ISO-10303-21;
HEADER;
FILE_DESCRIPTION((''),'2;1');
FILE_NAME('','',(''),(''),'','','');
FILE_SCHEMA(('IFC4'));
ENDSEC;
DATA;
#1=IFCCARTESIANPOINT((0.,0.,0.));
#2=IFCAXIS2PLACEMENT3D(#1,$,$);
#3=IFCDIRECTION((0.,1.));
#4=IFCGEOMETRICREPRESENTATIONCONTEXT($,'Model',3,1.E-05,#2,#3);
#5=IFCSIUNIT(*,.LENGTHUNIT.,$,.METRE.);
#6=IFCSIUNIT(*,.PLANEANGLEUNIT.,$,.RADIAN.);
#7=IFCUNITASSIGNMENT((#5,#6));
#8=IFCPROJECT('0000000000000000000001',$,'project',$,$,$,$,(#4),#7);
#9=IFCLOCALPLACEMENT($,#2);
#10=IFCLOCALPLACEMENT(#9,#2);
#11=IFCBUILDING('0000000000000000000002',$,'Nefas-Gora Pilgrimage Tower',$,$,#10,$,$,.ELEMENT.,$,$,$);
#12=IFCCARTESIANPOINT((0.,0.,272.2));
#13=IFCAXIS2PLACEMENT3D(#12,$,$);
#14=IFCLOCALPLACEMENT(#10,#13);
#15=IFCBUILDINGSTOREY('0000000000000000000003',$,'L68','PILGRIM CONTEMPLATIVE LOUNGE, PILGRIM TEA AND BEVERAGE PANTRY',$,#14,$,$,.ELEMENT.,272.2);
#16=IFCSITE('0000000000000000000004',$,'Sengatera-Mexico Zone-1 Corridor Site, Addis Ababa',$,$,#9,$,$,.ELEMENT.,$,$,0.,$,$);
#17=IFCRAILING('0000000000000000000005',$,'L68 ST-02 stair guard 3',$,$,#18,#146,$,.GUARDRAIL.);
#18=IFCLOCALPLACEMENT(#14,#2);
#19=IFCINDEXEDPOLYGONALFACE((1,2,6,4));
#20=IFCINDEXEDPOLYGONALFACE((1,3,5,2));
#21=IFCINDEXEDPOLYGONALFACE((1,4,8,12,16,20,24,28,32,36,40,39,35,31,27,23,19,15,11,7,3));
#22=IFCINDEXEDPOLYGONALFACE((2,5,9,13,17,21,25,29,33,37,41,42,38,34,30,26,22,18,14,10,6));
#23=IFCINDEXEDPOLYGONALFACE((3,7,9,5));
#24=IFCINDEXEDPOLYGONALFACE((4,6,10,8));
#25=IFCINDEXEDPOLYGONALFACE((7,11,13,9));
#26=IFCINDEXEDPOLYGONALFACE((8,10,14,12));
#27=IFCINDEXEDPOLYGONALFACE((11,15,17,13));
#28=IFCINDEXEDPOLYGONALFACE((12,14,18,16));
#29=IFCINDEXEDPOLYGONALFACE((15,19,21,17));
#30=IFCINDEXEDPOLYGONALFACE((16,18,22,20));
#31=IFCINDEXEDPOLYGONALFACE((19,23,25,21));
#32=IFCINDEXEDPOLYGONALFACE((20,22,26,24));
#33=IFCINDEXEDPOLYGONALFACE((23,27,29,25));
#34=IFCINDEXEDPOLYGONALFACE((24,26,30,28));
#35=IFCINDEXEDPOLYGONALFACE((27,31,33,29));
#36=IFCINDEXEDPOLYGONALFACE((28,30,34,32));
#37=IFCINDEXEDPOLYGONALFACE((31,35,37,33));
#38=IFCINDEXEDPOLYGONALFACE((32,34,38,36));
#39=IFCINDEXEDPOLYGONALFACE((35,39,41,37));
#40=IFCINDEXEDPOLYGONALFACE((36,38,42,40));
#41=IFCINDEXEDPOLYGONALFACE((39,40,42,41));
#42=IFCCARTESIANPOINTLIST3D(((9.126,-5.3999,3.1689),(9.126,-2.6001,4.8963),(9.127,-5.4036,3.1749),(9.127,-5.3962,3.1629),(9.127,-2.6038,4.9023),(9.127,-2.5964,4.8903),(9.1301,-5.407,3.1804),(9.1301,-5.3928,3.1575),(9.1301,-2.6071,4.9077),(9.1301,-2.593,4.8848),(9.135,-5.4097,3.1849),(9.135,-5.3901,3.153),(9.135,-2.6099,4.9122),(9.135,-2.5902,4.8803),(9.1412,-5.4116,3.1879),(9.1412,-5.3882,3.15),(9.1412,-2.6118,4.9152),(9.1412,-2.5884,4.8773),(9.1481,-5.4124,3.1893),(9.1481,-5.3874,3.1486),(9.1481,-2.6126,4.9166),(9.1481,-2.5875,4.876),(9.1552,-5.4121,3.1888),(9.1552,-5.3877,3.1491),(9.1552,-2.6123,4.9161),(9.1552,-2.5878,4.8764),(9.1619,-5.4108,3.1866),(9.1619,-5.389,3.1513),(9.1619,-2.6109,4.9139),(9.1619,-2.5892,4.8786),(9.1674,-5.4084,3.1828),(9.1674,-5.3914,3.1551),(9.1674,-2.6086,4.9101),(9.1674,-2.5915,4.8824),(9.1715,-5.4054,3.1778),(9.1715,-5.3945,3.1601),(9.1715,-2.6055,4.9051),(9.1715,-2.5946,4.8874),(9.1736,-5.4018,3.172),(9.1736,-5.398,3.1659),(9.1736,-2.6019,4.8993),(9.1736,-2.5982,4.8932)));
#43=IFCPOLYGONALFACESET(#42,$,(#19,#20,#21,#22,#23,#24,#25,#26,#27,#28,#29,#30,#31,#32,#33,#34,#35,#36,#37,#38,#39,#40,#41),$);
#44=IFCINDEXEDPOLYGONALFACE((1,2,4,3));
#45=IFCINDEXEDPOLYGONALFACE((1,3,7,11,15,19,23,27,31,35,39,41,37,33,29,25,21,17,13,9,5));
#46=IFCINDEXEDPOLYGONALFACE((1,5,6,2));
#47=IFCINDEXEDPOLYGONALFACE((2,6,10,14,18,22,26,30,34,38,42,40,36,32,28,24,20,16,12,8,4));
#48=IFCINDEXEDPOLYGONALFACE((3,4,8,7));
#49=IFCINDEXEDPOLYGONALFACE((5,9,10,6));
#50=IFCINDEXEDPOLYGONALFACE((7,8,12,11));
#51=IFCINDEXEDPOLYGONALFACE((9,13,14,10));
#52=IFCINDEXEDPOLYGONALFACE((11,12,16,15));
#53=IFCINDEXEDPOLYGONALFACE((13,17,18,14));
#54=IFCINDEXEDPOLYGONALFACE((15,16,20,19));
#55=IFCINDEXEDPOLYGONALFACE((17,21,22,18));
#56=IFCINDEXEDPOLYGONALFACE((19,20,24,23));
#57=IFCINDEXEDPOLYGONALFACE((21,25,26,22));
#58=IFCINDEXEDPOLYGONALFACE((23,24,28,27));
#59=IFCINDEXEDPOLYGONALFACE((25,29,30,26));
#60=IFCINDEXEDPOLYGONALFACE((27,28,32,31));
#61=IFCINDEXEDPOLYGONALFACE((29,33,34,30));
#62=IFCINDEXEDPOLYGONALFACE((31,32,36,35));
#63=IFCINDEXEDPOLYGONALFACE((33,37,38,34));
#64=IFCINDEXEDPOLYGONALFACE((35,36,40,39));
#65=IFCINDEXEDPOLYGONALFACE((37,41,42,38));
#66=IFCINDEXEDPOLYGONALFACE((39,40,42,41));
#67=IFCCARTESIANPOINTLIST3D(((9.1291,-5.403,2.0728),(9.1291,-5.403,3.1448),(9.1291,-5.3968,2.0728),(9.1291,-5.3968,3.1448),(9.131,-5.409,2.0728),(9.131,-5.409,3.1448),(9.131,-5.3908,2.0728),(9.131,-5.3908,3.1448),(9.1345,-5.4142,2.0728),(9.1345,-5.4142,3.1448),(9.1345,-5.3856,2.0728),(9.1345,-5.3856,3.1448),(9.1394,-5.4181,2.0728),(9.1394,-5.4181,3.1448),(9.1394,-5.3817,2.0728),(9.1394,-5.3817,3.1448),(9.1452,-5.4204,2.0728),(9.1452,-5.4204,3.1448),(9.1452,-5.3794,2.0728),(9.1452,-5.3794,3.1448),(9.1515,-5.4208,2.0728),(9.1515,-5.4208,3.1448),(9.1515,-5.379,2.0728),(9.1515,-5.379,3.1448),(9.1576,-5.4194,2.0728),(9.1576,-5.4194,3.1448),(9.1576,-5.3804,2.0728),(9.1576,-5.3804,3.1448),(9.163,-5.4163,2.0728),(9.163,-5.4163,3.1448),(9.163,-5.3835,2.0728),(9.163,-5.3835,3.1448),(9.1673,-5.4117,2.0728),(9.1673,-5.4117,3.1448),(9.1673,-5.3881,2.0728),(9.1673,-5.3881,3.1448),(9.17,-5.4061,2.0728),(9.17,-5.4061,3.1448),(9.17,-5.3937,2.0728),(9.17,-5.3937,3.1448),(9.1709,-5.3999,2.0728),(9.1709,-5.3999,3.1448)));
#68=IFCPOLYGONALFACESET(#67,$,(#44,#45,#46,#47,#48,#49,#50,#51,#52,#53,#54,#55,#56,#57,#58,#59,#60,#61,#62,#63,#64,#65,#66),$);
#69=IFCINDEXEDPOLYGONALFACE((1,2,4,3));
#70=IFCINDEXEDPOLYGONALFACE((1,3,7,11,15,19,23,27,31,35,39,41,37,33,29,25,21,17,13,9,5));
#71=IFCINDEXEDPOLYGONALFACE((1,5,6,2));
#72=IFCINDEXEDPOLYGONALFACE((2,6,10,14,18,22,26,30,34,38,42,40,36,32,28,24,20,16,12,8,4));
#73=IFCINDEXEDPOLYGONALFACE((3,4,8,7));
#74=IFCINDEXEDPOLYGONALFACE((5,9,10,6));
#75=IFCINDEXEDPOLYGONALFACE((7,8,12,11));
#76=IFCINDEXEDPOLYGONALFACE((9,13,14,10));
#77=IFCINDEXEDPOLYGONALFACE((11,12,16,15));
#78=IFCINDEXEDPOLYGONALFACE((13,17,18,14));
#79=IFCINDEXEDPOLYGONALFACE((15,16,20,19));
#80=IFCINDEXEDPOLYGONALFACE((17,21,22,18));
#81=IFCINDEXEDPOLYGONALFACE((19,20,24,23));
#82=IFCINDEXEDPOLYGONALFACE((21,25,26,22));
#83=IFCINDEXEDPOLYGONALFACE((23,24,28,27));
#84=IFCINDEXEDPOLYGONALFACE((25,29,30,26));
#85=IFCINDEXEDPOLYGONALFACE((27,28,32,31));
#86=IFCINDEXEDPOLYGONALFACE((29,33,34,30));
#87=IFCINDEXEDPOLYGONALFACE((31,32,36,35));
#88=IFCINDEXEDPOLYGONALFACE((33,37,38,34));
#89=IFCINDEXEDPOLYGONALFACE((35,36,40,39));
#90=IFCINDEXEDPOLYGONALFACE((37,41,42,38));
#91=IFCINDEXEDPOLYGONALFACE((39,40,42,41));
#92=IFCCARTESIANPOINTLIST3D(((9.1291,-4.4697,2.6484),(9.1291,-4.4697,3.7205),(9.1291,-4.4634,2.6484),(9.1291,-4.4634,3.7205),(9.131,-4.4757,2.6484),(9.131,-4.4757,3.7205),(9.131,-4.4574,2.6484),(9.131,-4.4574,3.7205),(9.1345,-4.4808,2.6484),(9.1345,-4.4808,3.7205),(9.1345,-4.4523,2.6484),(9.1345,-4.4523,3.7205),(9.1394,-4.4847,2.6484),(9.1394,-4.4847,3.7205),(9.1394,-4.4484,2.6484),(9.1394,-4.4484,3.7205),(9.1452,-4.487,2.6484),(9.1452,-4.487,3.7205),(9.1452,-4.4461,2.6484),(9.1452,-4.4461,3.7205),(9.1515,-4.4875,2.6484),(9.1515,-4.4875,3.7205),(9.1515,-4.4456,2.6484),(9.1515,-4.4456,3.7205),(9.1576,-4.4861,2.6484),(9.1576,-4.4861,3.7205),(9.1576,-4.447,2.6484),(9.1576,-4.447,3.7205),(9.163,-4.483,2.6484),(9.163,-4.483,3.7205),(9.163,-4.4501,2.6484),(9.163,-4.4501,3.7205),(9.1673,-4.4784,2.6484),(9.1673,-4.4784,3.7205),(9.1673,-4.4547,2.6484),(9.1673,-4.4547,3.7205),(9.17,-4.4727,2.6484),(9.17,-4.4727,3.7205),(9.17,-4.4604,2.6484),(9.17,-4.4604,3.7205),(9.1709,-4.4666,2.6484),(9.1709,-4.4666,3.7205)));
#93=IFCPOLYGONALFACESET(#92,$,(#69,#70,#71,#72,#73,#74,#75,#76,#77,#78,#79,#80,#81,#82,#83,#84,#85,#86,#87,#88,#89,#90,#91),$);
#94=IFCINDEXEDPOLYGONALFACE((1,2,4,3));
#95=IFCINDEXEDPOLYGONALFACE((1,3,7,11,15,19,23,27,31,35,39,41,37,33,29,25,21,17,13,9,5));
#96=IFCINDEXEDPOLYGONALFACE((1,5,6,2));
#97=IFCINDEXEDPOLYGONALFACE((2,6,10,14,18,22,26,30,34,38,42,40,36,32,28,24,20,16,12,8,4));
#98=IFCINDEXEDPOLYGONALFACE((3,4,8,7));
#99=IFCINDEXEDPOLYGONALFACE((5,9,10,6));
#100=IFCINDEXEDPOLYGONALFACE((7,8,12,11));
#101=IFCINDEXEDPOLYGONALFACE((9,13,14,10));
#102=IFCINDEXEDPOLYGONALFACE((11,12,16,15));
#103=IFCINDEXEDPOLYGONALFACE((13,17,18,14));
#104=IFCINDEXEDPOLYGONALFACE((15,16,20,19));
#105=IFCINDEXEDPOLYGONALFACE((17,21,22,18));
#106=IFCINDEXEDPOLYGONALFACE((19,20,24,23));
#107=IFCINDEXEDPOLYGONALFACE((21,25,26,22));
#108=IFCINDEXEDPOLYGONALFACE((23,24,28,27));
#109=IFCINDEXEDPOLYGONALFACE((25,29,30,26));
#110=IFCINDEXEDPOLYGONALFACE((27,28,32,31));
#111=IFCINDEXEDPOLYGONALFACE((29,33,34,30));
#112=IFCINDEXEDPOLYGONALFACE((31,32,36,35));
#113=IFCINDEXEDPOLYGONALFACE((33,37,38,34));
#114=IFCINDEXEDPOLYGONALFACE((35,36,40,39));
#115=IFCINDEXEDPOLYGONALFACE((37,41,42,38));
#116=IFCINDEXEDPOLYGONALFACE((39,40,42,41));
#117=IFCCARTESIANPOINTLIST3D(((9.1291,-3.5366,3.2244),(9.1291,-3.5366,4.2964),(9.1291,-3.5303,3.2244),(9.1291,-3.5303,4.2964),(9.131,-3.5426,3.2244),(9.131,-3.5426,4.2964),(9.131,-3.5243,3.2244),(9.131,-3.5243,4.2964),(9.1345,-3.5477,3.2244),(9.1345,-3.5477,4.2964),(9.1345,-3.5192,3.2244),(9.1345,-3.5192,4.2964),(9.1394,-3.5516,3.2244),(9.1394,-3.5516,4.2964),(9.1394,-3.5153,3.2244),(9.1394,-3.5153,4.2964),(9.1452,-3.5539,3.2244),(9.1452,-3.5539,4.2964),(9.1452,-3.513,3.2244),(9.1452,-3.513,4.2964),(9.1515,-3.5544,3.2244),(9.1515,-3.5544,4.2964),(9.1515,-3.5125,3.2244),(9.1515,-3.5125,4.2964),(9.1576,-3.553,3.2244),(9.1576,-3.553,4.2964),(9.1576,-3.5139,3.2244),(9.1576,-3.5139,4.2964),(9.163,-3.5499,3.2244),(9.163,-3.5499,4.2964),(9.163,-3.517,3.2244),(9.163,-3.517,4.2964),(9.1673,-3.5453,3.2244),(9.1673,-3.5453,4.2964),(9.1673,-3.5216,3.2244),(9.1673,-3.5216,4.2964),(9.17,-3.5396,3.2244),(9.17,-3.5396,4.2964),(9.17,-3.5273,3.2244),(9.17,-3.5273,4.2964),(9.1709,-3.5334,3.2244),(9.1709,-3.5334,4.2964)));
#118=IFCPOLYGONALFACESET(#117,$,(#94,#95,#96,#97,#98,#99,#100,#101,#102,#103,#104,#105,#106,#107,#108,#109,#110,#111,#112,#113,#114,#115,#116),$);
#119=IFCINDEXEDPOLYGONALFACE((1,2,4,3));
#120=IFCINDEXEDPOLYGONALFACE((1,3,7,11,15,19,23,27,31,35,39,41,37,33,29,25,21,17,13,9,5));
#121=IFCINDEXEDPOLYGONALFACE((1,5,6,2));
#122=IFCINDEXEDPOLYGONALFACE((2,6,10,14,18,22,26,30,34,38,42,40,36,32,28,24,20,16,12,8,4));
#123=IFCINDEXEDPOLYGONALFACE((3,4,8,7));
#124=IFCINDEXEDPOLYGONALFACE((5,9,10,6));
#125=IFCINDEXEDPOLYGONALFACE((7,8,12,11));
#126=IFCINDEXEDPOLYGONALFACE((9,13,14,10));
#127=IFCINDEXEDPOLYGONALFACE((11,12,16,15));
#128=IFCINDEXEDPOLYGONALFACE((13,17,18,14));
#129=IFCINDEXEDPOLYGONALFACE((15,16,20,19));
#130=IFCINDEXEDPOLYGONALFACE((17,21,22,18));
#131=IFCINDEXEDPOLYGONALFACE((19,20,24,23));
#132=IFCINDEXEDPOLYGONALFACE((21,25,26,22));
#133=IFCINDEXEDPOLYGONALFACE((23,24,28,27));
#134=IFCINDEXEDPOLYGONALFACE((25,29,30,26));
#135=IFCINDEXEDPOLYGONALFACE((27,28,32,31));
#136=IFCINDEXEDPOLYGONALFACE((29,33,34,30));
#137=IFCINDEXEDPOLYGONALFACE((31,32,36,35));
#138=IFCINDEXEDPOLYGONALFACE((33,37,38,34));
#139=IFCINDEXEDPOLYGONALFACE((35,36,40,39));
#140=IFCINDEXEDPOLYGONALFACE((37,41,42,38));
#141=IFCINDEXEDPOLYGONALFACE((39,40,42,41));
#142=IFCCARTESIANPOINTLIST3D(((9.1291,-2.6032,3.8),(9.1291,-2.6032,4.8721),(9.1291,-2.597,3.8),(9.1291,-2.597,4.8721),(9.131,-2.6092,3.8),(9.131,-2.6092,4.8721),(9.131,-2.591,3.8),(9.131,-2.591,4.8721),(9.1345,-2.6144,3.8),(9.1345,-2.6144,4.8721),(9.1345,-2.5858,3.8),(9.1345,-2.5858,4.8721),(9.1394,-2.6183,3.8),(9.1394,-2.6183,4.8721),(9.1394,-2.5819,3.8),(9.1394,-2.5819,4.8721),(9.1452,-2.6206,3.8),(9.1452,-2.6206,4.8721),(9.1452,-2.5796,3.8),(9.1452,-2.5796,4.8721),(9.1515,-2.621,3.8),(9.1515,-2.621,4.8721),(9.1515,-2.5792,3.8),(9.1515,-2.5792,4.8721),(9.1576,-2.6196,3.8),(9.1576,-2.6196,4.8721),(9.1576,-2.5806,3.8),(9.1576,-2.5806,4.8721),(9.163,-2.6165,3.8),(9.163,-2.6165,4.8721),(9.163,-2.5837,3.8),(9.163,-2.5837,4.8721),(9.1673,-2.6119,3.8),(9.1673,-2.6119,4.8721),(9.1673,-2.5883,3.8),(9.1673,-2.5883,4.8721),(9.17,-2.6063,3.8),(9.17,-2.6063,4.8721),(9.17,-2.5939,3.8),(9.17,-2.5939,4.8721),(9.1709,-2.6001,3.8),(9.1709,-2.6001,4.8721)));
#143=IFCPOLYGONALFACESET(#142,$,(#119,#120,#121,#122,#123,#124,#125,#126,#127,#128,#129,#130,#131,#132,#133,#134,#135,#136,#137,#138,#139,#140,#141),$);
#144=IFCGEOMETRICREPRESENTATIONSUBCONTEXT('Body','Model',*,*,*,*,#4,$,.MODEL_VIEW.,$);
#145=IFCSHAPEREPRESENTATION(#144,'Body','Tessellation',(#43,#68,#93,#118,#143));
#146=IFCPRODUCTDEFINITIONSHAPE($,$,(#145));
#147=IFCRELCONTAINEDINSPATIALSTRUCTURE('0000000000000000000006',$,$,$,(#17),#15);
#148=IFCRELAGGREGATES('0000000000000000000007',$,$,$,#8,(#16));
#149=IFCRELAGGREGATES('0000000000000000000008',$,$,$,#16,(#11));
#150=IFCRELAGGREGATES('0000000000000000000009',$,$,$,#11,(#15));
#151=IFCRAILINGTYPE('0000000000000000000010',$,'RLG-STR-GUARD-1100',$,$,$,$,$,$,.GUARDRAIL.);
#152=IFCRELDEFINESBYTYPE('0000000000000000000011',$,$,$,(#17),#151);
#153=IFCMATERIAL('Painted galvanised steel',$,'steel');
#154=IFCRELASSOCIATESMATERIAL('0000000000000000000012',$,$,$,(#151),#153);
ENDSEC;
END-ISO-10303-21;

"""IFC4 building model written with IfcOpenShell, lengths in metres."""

from ifc_helpers import new_model, si_unit, direction, frame, origin, origin_2d, place, context, subcontext, project, spatial, circle, extrude, material, type_object, element, save


model = new_model("IFC4")

# Units and contexts
model_context = context("Model", 3, precision=1e-05, world=origin(), true_north=direction((0.0, 1.0)))
body_context = subcontext(model_context, "Body", "Model", "MODEL_VIEW")
ifc_project = project(units=[si_unit("LENGTHUNIT", "METRE"), si_unit("PLANEANGLEUNIT", "RADIAN")], contexts=[model_context])

# Site, building, storey
site_placement = place(None, origin())
site = spatial("IfcSite", under=ifc_project, at=site_placement, Name="Sengatera-Mexico Zone-1 Corridor Site, Addis Ababa", CompositionType="ELEMENT", RefElevation=0.0)
building_placement = place(site_placement, origin())
building = spatial("IfcBuilding", under=site, at=building_placement, Name="Nefas-Gora Pilgrimage Tower", CompositionType="ELEMENT")
storey_placement = place(building_placement, frame((0.0, 0.0, 272.2)))
storey = spatial("IfcBuildingStorey", under=building, at=storey_placement, Name="L68", Description="PILGRIM CONTEMPLATIVE LOUNGE, PILGRIM TEA AND BEVERAGE PANTRY", CompositionType="ELEMENT", Elevation=272.2)

# Railing
ifc_material_1 = material(Name="Painted galvanised steel", Category="steel")
railing_type_1 = type_object("IfcRailingType", Name="RLG-STR-GUARD-1100", PredefinedType="GUARDRAIL", material=ifc_material_1)
railing_1_placement = place(storey_placement, frame((9.1499, -5.3999, 2.0728)))
element("IfcRailing", 1, at=railing_1_placement, inside=storey, type_object=railing_type_1, Name="L68 ST-02 stair guard 3", PredefinedType="GUARDRAIL", context=body_context, shape_type="SweptSolid", body=[
    extrude(circle(Radius=0.0239, at=origin_2d()), frame((0.0, 0.0, 1.0962), z_axis=(0.0, 0.851069, 0.525054), x_axis=(-1.0, 0.0, 0.0)), (0.0, 0.0, 1.0), 3.2898),
    extrude(circle(Radius=0.021, at=origin_2d()), origin(), (0.0, 0.0, 1.0), 1.072),
    extrude(circle(Radius=0.021, at=origin_2d()), frame((0.0, 0.9333, 0.5757)), (0.0, 0.0, 1.0), 1.072),
    extrude(circle(Radius=0.021, at=origin_2d()), frame((0.0, 1.8665, 1.1516)), (0.0, 0.0, 1.0), 1.072),
    extrude(circle(Radius=0.021, at=origin_2d()), frame((0.0, 2.7998, 1.7273)), (0.0, 0.0, 1.0), 1.072),
])

save(model, "model.ifc")
